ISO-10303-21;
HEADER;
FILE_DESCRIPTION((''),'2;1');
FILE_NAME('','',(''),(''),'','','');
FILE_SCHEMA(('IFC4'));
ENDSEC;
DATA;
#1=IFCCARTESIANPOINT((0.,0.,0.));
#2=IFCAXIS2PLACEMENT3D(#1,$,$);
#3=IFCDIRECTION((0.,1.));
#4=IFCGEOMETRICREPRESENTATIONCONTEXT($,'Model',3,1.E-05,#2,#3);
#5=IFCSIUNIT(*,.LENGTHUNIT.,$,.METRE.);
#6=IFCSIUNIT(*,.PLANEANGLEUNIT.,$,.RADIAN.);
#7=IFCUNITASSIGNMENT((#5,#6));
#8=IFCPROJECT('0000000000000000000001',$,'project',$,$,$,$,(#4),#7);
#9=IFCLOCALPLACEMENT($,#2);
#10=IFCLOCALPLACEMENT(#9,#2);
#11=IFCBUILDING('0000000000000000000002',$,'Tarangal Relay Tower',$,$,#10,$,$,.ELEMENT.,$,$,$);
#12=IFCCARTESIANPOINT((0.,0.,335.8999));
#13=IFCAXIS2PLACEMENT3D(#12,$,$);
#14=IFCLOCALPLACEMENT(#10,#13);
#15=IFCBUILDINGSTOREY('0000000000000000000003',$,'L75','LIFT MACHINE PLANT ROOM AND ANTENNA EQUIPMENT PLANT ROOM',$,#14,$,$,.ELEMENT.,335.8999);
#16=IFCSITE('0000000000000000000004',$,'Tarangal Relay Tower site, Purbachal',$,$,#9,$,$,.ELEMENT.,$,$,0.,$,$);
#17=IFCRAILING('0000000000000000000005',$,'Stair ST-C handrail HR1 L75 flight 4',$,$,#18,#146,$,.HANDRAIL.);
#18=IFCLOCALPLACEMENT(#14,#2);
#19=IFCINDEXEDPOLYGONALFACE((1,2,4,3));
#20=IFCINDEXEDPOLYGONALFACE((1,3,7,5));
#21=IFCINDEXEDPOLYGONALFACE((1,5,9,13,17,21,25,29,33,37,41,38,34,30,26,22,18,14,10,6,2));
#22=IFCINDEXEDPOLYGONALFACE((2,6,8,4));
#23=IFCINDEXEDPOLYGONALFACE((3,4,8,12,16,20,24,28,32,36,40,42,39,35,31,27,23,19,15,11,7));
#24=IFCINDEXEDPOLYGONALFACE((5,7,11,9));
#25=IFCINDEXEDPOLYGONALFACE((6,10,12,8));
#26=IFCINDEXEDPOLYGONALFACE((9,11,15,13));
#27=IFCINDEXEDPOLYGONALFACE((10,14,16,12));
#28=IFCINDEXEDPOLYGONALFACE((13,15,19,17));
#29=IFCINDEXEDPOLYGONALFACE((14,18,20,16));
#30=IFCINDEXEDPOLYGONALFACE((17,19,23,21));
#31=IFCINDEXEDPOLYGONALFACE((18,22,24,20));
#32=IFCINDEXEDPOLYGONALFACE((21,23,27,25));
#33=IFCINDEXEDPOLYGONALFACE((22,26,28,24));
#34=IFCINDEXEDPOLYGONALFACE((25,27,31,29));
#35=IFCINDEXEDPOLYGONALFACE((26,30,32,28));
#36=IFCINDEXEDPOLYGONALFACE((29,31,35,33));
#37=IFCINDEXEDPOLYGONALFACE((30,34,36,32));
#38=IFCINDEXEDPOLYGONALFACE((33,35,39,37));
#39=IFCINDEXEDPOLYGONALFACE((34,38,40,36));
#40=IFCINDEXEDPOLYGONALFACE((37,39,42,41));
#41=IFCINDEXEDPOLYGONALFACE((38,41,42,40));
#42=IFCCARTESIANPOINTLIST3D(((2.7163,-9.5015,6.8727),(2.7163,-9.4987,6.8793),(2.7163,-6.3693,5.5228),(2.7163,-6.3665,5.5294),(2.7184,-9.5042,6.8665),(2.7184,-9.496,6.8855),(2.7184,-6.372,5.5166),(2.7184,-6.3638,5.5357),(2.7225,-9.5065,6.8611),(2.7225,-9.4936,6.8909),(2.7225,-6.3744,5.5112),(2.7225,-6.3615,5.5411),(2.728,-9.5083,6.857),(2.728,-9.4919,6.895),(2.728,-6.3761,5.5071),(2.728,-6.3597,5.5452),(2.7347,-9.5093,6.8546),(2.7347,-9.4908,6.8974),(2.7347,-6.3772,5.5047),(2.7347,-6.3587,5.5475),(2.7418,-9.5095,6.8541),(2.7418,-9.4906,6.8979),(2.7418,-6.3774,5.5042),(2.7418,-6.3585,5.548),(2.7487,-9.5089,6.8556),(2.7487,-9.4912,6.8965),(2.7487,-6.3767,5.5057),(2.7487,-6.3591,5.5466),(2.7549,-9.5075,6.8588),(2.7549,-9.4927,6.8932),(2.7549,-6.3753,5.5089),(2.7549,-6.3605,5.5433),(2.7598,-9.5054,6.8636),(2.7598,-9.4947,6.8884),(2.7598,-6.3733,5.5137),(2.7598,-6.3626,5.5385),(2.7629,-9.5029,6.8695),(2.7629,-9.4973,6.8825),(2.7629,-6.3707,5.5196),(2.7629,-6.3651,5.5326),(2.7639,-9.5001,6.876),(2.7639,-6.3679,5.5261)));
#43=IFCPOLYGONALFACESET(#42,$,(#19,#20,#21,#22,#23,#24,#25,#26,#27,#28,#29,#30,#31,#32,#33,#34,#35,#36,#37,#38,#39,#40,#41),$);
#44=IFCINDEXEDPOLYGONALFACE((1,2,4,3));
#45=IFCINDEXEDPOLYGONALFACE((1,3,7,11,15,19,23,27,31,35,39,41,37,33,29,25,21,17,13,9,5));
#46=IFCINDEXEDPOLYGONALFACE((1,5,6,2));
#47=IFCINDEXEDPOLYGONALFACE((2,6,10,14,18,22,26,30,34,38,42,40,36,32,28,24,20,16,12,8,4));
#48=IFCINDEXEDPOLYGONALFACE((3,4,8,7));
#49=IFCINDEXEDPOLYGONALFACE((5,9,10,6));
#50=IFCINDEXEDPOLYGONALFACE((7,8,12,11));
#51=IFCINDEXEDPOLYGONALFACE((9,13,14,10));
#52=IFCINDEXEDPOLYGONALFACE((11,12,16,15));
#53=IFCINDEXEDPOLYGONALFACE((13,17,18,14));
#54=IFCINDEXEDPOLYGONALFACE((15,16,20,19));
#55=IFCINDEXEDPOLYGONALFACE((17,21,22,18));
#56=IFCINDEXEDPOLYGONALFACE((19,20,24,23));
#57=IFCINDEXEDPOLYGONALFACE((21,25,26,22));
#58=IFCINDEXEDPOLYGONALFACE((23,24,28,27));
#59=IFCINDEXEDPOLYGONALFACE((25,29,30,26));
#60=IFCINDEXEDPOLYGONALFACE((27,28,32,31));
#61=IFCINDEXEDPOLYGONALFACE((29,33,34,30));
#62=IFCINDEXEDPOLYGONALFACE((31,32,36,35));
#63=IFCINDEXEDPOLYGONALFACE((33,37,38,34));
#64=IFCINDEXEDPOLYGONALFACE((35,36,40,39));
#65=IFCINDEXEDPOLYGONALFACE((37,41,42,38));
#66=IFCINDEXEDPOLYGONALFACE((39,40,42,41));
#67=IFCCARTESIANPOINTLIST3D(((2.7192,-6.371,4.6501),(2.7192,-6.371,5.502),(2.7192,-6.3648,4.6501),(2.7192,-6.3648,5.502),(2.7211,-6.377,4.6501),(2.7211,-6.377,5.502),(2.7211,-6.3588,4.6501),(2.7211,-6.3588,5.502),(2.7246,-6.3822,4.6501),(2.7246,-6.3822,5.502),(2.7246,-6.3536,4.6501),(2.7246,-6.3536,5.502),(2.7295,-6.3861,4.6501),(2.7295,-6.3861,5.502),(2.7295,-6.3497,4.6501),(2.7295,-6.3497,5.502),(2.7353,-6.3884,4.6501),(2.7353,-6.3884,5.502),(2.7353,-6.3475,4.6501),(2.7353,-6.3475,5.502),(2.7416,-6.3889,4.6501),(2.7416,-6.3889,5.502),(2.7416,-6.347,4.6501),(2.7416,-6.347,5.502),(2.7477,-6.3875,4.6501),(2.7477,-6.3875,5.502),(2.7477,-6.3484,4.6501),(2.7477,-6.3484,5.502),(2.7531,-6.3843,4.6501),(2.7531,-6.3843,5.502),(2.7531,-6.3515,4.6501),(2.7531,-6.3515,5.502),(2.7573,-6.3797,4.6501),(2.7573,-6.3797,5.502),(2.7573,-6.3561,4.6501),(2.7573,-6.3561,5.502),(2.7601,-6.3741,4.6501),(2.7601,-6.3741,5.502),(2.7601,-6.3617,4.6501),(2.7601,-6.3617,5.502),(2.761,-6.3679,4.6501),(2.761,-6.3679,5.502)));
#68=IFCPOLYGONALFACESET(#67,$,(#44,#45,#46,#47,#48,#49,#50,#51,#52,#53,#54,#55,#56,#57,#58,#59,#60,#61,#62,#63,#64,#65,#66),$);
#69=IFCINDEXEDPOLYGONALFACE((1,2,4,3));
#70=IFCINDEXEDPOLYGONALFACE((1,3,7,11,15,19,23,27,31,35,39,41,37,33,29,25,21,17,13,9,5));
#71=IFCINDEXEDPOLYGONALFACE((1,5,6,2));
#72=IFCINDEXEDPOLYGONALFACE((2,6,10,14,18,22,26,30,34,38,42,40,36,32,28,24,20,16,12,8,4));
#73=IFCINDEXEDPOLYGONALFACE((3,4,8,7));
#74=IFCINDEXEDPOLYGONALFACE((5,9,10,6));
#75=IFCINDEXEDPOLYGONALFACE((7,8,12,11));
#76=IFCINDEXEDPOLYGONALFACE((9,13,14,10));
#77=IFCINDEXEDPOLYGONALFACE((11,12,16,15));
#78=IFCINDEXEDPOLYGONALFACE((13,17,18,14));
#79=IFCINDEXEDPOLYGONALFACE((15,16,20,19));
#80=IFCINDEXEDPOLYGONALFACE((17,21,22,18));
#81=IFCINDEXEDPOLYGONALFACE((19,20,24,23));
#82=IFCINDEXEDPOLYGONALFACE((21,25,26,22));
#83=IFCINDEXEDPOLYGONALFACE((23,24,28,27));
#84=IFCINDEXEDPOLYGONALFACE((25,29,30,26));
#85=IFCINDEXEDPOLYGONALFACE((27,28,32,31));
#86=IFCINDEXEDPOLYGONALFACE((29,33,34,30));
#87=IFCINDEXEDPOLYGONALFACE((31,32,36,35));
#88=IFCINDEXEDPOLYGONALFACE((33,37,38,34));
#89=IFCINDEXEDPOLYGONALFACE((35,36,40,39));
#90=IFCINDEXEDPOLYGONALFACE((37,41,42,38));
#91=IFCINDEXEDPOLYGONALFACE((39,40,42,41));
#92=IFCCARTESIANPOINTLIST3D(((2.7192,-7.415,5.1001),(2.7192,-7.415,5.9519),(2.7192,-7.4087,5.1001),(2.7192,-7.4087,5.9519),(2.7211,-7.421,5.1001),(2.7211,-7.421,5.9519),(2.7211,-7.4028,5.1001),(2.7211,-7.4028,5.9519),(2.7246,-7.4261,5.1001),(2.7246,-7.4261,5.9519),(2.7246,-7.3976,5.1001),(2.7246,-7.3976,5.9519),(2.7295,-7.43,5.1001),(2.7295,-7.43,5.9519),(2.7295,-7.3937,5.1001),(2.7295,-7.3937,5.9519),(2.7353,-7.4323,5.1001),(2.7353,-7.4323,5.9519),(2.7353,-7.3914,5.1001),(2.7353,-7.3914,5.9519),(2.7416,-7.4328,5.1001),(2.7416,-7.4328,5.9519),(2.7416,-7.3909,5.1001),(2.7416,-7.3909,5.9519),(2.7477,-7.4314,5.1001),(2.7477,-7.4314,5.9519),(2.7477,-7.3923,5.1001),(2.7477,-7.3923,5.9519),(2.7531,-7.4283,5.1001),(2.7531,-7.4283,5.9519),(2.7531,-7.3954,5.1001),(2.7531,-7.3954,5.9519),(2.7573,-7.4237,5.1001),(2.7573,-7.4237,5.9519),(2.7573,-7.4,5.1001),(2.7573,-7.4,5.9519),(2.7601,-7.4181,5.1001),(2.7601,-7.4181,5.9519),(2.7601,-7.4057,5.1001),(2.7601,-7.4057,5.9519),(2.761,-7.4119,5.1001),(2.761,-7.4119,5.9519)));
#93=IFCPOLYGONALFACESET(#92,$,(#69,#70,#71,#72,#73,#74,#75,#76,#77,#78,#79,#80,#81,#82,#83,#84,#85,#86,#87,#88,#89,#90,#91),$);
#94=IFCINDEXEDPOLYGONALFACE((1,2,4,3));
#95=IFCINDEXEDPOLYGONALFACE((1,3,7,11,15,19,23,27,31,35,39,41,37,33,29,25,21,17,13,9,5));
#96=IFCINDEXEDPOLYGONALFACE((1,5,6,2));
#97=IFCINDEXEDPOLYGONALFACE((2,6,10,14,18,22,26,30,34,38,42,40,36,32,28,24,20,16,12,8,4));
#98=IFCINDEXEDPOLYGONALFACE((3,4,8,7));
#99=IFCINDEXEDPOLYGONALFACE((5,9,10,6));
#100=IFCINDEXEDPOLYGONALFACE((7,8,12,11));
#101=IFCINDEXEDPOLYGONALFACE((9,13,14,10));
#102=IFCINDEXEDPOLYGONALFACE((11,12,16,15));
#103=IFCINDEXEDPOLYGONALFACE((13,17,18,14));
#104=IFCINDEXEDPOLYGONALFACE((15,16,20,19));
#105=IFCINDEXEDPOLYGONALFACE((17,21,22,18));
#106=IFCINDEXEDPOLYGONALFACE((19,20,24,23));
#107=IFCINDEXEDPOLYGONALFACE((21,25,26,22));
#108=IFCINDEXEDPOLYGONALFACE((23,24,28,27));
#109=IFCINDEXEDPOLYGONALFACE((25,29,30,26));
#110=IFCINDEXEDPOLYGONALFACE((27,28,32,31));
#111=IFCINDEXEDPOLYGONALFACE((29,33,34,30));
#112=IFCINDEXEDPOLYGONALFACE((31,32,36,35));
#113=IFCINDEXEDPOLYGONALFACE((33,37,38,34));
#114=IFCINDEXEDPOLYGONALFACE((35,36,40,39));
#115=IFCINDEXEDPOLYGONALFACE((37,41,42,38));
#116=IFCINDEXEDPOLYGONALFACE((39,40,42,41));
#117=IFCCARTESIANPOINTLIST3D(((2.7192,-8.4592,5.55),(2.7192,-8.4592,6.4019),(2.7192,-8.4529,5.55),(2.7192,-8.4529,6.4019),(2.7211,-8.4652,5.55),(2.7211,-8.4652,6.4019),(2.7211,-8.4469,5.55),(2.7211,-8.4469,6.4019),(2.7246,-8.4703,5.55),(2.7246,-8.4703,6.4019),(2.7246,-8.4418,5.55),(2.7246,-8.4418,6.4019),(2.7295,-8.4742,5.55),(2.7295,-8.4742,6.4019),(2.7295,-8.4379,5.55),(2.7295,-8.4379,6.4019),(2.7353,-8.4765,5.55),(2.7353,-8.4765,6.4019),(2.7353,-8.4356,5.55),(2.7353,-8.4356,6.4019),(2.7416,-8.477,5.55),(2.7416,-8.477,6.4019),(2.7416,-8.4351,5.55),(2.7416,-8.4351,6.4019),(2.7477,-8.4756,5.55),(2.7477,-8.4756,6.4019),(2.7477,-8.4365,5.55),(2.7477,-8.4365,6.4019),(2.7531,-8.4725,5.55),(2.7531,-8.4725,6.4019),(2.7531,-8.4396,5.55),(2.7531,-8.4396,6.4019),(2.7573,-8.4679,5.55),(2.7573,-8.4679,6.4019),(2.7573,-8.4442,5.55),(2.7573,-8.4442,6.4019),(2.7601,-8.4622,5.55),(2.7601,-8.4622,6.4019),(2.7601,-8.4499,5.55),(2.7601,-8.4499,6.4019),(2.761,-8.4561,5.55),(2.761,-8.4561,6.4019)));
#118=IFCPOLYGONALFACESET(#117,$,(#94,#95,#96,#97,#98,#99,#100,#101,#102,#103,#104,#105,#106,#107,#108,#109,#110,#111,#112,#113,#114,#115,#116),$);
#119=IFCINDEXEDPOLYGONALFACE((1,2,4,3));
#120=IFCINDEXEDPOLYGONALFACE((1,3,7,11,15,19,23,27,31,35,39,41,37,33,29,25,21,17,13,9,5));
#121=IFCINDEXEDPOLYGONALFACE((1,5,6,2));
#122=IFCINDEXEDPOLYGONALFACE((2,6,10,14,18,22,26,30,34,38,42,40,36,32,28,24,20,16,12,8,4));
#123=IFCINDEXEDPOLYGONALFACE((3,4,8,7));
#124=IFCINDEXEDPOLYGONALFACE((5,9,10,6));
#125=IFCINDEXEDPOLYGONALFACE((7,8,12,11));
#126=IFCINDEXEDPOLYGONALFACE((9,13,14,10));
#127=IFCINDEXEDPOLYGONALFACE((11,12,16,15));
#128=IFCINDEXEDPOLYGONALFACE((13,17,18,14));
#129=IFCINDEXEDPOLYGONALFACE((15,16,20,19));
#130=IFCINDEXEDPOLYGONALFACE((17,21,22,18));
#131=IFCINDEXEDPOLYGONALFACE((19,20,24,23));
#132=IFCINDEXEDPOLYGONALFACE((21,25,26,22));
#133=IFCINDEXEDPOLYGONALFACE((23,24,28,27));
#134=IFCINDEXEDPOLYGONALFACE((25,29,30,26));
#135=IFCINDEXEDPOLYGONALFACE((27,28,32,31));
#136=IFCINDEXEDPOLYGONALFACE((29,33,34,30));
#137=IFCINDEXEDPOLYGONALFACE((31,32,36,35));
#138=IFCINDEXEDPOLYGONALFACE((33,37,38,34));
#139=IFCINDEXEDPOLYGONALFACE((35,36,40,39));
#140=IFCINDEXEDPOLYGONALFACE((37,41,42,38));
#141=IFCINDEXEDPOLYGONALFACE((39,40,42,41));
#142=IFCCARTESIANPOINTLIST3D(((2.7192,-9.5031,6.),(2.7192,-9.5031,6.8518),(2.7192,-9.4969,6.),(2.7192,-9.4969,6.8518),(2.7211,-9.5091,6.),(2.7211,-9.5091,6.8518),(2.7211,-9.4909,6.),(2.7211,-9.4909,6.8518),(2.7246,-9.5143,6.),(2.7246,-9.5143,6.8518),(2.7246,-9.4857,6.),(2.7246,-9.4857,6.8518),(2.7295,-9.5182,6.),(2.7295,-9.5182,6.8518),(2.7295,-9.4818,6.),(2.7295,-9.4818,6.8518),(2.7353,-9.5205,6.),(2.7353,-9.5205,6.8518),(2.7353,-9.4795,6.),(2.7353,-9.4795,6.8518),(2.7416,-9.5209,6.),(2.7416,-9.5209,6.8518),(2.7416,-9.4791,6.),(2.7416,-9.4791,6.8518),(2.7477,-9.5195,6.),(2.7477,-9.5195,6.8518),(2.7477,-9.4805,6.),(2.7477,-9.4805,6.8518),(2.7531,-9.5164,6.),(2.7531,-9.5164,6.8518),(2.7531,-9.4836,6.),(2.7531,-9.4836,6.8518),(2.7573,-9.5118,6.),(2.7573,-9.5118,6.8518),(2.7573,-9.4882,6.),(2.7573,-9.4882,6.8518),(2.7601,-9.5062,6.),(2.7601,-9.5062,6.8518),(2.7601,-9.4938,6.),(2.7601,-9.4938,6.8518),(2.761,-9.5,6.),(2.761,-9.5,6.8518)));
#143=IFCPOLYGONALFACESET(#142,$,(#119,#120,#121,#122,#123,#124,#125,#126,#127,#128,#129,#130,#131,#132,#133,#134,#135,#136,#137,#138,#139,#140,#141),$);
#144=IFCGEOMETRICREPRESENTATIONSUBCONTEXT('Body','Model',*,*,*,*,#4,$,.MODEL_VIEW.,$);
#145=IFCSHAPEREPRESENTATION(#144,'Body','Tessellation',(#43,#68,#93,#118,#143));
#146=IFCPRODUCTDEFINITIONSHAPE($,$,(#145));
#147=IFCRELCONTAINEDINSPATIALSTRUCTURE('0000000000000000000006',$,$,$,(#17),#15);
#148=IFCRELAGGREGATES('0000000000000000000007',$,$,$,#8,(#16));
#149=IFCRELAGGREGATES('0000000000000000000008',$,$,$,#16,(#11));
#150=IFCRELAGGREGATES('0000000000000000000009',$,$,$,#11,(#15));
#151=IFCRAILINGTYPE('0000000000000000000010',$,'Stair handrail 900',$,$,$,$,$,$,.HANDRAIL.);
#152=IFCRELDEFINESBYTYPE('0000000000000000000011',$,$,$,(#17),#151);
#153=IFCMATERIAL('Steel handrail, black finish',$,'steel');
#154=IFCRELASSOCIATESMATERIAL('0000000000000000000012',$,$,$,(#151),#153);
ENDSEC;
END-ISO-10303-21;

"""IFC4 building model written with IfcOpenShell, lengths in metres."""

from ifc_helpers import new_model, si_unit, direction, frame, origin, origin_2d, place, context, subcontext, project, spatial, circle, extrude, material, type_object, element, save


model = new_model("IFC4")

# Units and contexts
model_context = context("Model", 3, precision=1e-05, world=origin(), true_north=direction((0.0, 1.0)))
body_context = subcontext(model_context, "Body", "Model", "MODEL_VIEW")
ifc_project = project(units=[si_unit("LENGTHUNIT", "METRE"), si_unit("PLANEANGLEUNIT", "RADIAN")], contexts=[model_context])

# Site, building, storey
site_placement = place(None, origin())
site = spatial("IfcSite", under=ifc_project, at=site_placement, Name="Tarangal Relay Tower site, Purbachal", CompositionType="ELEMENT", RefElevation=0.0)
building_placement = place(site_placement, origin())
building = spatial("IfcBuilding", under=site, at=building_placement, Name="Tarangal Relay Tower", CompositionType="ELEMENT")
storey_placement = place(building_placement, frame((0.0, 0.0, 335.8999)))
storey = spatial("IfcBuildingStorey", under=building, at=storey_placement, Name="L75", Description="LIFT MACHINE PLANT ROOM AND ANTENNA EQUIPMENT PLANT ROOM", CompositionType="ELEMENT", Elevation=335.8999)

# Railing
ifc_material_1 = material(Name="Steel handrail, black finish", Category="steel")
railing_type_1 = type_object("IfcRailingType", Name="Stair handrail 900", PredefinedType="HANDRAIL", material=ifc_material_1)
for number, where, name in (
    (1, (2.74, -6.3679, 4.6501), "Stair ST-C handrail HR1 L75 flight 4"),
):
    element("IfcRailing", number, at=place(storey_placement, frame(where)), inside=storey, type_object=railing_type_1, Name=name, PredefinedType="HANDRAIL", context=body_context, shape_type="SweptSolid", body=[
        extrude(circle(Radius=0.0239, at=origin_2d()), frame((0.0, 0.0, 0.876), z_axis=(0.0, -0.918343, 0.395785), x_axis=(1.0, 0.0, 0.0)), (0.0, 0.0, 1.0), 3.4106),
        extrude(circle(Radius=0.021, at=origin_2d()), origin(), (0.0, 0.0, 1.0), 0.8518),
        extrude(circle(Radius=0.021, at=origin_2d()), frame((0.0, -1.0439, 0.45)), (0.0, 0.0, 1.0), 0.8518),
        extrude(circle(Radius=0.021, at=origin_2d()), frame((0.0, -2.0881, 0.8999)), (0.0, 0.0, 1.0), 0.8518),
        extrude(circle(Radius=0.021, at=origin_2d()), frame((0.0, -3.1321, 1.3499)), (0.0, 0.0, 1.0), 0.8518),
    ])

save(model, "model.ifc")
